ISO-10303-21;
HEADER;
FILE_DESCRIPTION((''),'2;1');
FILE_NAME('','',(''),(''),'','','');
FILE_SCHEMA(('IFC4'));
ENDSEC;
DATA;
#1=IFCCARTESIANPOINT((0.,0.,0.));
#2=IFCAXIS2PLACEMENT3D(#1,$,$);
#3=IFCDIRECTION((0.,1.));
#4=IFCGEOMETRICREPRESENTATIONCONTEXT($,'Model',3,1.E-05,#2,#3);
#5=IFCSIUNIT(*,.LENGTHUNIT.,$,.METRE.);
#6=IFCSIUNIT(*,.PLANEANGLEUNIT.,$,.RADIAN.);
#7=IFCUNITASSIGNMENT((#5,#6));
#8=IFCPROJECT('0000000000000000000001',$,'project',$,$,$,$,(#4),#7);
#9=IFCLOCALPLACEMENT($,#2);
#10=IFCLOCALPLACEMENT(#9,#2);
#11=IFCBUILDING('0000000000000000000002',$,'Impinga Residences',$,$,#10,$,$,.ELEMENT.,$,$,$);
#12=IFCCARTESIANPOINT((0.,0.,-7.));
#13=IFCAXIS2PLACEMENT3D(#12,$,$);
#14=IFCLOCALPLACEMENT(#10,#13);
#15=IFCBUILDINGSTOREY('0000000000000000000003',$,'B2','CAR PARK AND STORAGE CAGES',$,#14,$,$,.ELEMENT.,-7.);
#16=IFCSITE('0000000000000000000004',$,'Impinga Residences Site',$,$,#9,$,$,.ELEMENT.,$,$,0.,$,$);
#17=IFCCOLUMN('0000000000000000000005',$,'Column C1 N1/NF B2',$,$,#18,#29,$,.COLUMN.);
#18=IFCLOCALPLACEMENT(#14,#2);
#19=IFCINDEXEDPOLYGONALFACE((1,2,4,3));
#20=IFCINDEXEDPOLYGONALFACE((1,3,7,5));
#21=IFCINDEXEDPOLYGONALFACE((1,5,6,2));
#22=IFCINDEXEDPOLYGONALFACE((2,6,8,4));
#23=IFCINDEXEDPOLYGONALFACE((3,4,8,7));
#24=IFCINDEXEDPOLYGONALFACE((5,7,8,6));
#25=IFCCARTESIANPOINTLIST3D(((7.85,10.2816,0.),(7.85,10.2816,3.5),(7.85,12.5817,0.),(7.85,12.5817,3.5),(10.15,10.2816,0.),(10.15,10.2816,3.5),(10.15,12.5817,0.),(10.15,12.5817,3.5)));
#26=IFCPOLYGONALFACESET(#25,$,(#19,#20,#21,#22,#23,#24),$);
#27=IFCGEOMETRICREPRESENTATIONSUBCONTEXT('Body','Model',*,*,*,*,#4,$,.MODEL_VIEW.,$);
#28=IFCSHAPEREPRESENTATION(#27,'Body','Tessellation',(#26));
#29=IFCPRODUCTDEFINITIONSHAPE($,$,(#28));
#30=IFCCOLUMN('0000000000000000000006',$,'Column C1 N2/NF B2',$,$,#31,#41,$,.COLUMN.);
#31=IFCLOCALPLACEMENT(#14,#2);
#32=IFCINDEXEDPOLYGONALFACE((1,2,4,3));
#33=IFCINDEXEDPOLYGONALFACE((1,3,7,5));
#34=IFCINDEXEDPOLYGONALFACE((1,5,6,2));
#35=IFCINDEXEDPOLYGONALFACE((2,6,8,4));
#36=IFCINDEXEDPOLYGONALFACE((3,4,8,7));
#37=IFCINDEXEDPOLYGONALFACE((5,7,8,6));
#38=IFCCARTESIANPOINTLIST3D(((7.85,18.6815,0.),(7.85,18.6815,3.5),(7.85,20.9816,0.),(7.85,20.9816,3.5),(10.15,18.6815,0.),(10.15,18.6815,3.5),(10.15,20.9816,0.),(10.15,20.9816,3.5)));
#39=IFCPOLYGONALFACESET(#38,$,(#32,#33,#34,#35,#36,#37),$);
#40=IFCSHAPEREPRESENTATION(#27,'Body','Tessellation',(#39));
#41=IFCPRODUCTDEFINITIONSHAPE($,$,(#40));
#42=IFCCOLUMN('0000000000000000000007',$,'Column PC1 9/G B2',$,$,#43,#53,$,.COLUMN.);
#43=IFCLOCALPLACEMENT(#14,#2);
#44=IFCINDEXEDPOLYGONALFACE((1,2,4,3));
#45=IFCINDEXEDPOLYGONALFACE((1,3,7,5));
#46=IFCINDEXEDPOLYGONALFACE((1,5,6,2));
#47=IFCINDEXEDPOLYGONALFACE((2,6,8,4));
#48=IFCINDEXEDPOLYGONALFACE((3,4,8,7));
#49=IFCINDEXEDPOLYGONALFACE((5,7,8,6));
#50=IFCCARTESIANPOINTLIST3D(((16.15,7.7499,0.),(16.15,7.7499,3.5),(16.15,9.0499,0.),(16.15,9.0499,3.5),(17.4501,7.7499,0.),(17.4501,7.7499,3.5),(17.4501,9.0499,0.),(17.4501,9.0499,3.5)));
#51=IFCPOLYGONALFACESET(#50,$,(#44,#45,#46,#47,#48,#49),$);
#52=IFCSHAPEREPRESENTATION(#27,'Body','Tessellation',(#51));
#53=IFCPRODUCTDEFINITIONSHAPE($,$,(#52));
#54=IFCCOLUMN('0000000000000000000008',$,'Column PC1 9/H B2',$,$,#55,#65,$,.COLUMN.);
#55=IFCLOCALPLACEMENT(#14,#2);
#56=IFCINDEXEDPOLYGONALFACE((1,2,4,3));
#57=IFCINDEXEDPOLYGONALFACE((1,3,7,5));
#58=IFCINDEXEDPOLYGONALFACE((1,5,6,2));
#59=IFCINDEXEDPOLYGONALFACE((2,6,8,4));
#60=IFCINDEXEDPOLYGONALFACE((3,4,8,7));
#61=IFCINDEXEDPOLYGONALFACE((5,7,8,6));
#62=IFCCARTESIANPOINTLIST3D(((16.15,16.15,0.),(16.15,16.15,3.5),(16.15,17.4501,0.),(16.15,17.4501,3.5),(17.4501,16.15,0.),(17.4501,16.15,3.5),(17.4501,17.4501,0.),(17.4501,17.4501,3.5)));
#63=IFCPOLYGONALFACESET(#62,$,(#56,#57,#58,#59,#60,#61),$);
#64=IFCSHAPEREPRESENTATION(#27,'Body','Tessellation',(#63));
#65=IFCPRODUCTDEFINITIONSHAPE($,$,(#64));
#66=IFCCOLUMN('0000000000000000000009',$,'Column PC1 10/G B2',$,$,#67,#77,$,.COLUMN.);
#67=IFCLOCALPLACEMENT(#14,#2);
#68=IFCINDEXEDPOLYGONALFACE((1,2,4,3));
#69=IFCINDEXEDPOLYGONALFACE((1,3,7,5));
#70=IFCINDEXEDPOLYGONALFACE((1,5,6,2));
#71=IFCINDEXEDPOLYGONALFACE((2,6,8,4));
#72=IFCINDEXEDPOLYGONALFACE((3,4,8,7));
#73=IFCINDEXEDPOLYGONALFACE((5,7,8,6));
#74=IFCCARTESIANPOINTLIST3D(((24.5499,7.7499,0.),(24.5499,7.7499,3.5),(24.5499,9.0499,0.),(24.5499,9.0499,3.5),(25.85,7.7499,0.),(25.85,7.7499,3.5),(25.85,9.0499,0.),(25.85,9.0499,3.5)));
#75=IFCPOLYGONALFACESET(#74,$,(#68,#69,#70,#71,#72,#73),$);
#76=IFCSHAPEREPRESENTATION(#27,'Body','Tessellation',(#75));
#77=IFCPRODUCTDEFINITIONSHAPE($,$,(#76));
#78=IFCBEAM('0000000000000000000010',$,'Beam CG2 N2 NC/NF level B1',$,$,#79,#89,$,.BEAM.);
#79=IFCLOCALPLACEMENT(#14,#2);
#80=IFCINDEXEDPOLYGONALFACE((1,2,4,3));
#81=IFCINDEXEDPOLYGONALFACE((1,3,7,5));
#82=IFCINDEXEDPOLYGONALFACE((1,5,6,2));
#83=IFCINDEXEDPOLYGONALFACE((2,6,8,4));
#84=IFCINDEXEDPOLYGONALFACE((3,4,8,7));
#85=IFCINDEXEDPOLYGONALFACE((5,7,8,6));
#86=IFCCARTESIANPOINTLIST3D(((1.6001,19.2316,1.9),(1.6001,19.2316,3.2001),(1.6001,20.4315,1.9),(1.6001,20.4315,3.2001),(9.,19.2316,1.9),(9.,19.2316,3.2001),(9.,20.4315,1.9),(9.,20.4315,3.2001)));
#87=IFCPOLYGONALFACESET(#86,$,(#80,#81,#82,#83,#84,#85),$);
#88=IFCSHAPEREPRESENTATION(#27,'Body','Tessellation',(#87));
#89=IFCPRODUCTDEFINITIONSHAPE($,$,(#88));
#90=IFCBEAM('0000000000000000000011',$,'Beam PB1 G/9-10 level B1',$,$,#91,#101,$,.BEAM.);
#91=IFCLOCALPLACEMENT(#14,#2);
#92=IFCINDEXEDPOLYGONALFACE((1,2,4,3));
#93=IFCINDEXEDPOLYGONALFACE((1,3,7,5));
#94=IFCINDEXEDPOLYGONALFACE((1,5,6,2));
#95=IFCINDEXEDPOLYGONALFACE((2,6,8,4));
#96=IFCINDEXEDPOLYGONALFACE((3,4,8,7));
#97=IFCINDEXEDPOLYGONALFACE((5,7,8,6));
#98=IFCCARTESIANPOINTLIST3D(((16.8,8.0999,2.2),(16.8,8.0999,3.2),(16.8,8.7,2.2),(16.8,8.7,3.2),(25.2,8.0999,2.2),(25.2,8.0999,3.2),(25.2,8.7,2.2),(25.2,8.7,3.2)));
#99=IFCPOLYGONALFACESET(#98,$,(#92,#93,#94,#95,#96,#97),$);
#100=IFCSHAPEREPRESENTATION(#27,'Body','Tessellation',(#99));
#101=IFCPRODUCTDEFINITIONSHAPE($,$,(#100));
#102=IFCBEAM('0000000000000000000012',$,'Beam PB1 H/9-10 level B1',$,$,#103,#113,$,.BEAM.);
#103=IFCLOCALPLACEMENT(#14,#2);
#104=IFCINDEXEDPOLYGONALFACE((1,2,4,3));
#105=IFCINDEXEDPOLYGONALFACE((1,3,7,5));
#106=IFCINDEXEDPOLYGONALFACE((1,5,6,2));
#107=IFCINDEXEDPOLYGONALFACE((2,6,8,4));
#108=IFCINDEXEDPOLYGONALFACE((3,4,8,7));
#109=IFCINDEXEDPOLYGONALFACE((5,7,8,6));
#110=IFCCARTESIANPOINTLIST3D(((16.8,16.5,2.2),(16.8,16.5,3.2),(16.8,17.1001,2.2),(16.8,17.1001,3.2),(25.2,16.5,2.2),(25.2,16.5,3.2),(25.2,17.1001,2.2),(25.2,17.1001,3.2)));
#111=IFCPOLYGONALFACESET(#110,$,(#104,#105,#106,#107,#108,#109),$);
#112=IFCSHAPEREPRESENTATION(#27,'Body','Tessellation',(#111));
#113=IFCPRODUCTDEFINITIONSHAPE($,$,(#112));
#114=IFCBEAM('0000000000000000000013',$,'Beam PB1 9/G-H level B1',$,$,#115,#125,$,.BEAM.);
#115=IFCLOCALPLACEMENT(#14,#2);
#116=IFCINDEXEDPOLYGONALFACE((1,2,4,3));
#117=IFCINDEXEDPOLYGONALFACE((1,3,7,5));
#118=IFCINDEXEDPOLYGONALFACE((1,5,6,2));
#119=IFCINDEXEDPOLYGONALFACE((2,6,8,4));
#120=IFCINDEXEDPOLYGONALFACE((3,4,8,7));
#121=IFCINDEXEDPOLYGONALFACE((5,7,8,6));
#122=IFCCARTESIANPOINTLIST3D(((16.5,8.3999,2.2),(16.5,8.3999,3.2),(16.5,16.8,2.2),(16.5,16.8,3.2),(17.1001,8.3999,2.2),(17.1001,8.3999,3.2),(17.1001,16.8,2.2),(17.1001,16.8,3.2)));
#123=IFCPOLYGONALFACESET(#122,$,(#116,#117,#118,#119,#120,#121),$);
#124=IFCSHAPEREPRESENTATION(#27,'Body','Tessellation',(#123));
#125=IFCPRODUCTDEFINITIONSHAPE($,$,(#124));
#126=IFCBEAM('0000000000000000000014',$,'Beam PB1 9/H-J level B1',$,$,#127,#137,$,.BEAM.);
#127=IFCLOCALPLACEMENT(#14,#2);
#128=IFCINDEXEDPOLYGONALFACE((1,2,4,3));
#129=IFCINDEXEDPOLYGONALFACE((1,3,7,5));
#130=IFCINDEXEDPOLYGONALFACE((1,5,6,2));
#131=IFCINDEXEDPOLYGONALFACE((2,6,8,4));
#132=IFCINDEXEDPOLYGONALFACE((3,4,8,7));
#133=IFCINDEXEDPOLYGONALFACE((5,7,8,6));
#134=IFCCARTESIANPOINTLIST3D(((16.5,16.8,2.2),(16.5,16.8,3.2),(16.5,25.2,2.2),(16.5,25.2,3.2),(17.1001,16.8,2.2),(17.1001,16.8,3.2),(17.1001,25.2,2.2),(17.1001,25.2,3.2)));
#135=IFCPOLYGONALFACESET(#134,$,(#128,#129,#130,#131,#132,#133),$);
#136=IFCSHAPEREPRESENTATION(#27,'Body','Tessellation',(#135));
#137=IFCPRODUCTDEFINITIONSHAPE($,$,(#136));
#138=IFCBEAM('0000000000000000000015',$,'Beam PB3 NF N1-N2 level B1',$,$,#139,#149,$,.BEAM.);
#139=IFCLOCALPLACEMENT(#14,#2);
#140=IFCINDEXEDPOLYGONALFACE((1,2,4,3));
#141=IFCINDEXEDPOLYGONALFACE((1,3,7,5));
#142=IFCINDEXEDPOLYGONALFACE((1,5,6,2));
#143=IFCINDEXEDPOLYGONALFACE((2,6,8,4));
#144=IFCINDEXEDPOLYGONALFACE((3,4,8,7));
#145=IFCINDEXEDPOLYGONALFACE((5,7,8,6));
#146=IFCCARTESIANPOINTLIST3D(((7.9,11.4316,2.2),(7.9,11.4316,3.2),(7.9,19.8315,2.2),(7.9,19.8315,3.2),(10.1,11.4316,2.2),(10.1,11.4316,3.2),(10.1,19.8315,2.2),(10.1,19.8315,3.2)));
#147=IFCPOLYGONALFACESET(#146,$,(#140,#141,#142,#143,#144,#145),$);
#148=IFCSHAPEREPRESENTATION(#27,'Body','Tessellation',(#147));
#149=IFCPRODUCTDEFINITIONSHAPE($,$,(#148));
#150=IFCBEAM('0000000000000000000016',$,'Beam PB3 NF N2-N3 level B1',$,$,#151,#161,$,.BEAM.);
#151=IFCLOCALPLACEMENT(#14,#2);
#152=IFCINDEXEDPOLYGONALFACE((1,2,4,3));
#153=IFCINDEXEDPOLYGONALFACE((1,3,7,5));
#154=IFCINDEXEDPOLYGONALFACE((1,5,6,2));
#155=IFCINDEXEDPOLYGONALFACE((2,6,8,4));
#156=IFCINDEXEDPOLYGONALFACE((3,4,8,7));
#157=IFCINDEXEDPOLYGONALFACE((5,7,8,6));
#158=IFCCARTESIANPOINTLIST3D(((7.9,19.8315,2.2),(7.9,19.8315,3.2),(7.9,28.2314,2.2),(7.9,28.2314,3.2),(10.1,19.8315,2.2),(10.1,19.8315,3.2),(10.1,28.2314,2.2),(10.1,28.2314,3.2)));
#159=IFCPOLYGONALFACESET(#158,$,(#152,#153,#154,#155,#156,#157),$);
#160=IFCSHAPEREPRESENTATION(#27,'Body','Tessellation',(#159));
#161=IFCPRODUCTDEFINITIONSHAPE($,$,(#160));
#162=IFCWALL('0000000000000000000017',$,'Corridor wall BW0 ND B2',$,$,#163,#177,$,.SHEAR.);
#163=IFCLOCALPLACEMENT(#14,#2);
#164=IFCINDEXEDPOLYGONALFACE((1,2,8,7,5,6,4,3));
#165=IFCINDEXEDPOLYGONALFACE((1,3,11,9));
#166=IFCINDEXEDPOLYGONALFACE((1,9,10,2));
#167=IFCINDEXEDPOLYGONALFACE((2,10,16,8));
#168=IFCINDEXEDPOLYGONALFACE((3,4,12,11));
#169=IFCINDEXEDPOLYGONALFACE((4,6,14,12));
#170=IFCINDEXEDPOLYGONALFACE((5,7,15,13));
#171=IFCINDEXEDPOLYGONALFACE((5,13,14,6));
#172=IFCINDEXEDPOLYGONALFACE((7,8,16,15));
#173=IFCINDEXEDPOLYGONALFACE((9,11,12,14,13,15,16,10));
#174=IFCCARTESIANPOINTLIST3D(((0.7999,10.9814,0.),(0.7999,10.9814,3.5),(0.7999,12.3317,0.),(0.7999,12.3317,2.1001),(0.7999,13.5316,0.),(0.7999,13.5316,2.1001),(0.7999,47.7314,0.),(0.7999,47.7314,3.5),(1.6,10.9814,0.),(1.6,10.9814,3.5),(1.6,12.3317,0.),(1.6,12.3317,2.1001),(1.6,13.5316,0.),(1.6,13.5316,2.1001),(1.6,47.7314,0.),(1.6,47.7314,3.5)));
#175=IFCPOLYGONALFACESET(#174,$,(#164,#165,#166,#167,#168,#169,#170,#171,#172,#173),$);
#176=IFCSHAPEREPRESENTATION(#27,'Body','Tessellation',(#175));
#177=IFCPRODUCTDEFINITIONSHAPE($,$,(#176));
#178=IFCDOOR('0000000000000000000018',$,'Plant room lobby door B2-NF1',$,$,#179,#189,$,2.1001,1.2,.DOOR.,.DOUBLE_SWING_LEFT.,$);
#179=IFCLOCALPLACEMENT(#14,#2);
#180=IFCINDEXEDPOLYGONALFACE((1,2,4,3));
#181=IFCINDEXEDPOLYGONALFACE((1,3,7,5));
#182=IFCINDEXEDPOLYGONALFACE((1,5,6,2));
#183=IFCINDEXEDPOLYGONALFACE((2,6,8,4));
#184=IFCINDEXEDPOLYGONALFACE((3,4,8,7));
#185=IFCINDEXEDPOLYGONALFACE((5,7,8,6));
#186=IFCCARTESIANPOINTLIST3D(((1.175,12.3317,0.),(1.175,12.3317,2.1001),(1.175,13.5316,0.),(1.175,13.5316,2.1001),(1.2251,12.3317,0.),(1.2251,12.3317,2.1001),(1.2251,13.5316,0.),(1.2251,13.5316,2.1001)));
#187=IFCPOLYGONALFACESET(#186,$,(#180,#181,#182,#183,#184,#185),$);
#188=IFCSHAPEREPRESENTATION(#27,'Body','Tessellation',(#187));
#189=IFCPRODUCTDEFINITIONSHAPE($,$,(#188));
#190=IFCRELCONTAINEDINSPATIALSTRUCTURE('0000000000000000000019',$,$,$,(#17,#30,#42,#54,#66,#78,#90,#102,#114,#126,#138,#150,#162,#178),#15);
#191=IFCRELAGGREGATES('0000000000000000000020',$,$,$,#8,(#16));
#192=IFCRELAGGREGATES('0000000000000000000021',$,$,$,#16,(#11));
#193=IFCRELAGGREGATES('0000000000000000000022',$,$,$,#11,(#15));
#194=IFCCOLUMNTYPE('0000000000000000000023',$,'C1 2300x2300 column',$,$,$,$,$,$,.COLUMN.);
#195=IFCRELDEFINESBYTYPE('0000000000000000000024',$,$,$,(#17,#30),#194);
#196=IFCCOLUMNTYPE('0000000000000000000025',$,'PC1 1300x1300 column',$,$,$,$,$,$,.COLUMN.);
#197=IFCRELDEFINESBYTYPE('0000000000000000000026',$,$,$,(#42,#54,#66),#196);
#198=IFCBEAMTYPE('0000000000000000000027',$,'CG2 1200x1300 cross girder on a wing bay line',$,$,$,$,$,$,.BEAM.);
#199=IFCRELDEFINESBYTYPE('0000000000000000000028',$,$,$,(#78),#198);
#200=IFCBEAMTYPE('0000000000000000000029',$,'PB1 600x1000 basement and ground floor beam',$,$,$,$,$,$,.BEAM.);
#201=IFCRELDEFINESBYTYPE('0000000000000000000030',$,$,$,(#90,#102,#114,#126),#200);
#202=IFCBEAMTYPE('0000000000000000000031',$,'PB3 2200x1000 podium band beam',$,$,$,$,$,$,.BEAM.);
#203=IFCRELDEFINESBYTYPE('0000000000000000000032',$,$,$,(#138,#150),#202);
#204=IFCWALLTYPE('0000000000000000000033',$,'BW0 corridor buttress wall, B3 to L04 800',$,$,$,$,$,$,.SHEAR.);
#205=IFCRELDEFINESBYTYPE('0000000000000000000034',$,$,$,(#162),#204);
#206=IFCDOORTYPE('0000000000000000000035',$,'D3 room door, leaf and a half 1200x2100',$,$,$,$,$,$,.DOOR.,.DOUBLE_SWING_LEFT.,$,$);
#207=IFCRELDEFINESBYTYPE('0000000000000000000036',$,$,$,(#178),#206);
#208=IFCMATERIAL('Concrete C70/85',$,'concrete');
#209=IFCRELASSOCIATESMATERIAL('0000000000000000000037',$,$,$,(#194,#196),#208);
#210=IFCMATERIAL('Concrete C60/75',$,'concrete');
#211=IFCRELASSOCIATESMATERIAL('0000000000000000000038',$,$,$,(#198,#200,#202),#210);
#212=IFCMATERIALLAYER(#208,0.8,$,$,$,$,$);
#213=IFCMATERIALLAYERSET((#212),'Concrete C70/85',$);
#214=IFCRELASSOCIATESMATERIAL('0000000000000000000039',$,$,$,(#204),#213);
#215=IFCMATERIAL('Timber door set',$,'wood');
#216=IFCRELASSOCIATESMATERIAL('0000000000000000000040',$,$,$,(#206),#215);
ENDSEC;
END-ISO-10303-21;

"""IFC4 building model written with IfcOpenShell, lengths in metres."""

from ifc_helpers import new_model, si_unit, direction, frame, frame_2d, origin, origin_2d, place, context, subcontext, project, spatial, rectangle, extrude, material, layer, layer_set, material_profile, profile_set, type_object, element, fill, save


model = new_model("IFC4")

# Units and contexts
model_context = context("Model", 3, precision=1e-05, world=origin(), true_north=direction((0.0, 1.0)))
body_context = subcontext(model_context, "Body", "Model", "MODEL_VIEW")
ifc_project = project(units=[si_unit("LENGTHUNIT", "METRE"), si_unit("PLANEANGLEUNIT", "RADIAN")], contexts=[model_context])

# Site, building, storey
site_placement = place(None, origin())
site = spatial("IfcSite", under=ifc_project, at=site_placement, Name="Impinga Residences Site", CompositionType="ELEMENT", RefElevation=0.0)
building_placement = place(site_placement, origin())
building = spatial("IfcBuilding", under=site, at=building_placement, Name="Impinga Residences", CompositionType="ELEMENT")
storey_placement = place(building_placement, frame((0.0, 0.0, -7.0)))
storey = spatial("IfcBuildingStorey", under=building, at=storey_placement, Name="B2", Description="CAR PARK AND STORAGE CAGES", CompositionType="ELEMENT", Elevation=-7.0)

# Columns
ifc_material_1 = material(Name="Concrete C70/85", Category="concrete")
ifc_material_profile_1 = material_profile(ifc_material_1, rectangle(XDim=2.3, YDim=2.3, at=origin_2d()), Name="RC 2300x2300")
ifc_profile_set_1 = profile_set([ifc_material_profile_1], Name="Concrete C70/85")
column_type_1 = type_object("IfcColumnType", Name="C1 2300x2300 column", PredefinedType="COLUMN", material=ifc_profile_set_1)
for number, where, z_axis, x_axis, name in (
    (1, (9.0, 11.4316, 0.0), (0.0, 0.0, 1.0), (1.0, 0.0, 0.0), "Column C1 N1/NF B2"),
    (2, (9.0, 19.8315, 0.0), (0.0, 0.0, 1.0), (1.0, 0.0, 0.0), "Column C1 N2/NF B2"),
):
    element("IfcColumn", number, at=place(storey_placement, frame(where, z_axis=z_axis, x_axis=x_axis)), inside=storey, type_object=column_type_1, Name=name, PredefinedType="COLUMN", context=body_context, shape_type="SweptSolid", body=[
        extrude(rectangle(XDim=2.3, YDim=2.3, at=origin_2d()), origin(), (0.0, 0.0, 1.0), 3.5),
    ])
ifc_material_profile_2 = material_profile(ifc_material_1, rectangle(XDim=1.3, YDim=1.3, at=origin_2d()), Name="RC 1300x1300")
ifc_profile_set_2 = profile_set([ifc_material_profile_2], Name="Concrete C70/85")
column_type_2 = type_object("IfcColumnType", Name="PC1 1300x1300 column", PredefinedType="COLUMN", material=ifc_profile_set_2)
for number, where, z_axis, x_axis, name in (
    (3, (16.8, 8.3999, 0.0), (0.0, 0.0, 1.0), (1.0, 0.0, 0.0), "Column PC1 9/G B2"),
    (4, (16.8, 16.8, 0.0), (0.0, 0.0, 1.0), (1.0, 0.0, 0.0), "Column PC1 9/H B2"),
    (5, (25.2, 8.3999, 0.0), (0.0, 0.0, 1.0), (1.0, 0.0, 0.0), "Column PC1 10/G B2"),
):
    element("IfcColumn", number, at=place(storey_placement, frame(where, z_axis=z_axis, x_axis=x_axis)), inside=storey, type_object=column_type_2, Name=name, PredefinedType="COLUMN", context=body_context, shape_type="SweptSolid", body=[
        extrude(rectangle(XDim=1.3, YDim=1.3, at=origin_2d()), origin(), (0.0, 0.0, 1.0), 3.5),
    ])

# Beams
ifc_material_2 = material(Name="Concrete C60/75", Category="concrete")
ifc_material_profile_3 = material_profile(ifc_material_2, rectangle(XDim=1.2, YDim=1.3, at=origin_2d()), Name="RC 1200x1300")
ifc_profile_set_3 = profile_set([ifc_material_profile_3], Name="Concrete C60/75")
beam_type_1 = type_object("IfcBeamType", Name="CG2 1200x1300 cross girder on a wing bay line", PredefinedType="BEAM", material=ifc_profile_set_3)
beam_1_placement = place(storey_placement, frame((1.6001, 19.8315, 2.55), z_axis=(1.0, 0.0, 0.0), x_axis=(0.0, 1.0, 0.0)))
element("IfcBeam", 6, at=beam_1_placement, inside=storey, type_object=beam_type_1, Name="Beam CG2 N2 NC/NF level B1", PredefinedType="BEAM", context=body_context, shape_type="SweptSolid", body=[
    extrude(rectangle(XDim=1.2, YDim=1.3, at=origin_2d()), origin(), (0.0, 0.0, 1.0), 7.3999),
])
ifc_material_profile_4 = material_profile(ifc_material_2, rectangle(XDim=0.6001, YDim=1.0, at=origin_2d()), Name="RC 600x1000")
ifc_profile_set_4 = profile_set([ifc_material_profile_4], Name="Concrete C60/75")
beam_type_2 = type_object("IfcBeamType", Name="PB1 600x1000 basement and ground floor beam", PredefinedType="BEAM", material=ifc_profile_set_4)
for number, where, z_axis, x_axis, name in (
    (7, (16.8, 8.3999, 2.7), (1.0, 0.0, 0.0), (0.0, 1.0, 0.0), "Beam PB1 G/9-10 level B1"),
    (8, (16.8, 16.8, 2.7), (1.0, 0.0, 0.0), (0.0, 1.0, 0.0), "Beam PB1 H/9-10 level B1"),
):
    element("IfcBeam", number, at=place(storey_placement, frame(where, z_axis=z_axis, x_axis=x_axis)), inside=storey, type_object=beam_type_2, Name=name, PredefinedType="BEAM", context=body_context, shape_type="SweptSolid", body=[
        extrude(rectangle(XDim=0.6001, YDim=1.0, at=origin_2d()), origin(), (0.0, 0.0, 1.0), 8.3999),
    ])
beam_2_placement = place(storey_placement, frame((16.8, 8.3999, 2.7), z_axis=(0.0, 1.0, 0.0), x_axis=(-1.0, 0.0, 0.0)))
element("IfcBeam", 9, at=beam_2_placement, inside=storey, type_object=beam_type_2, Name="Beam PB1 9/G-H level B1", PredefinedType="BEAM", context=body_context, shape_type="SweptSolid", body=[
    extrude(rectangle(XDim=0.6001, YDim=1.0, at=origin_2d()), origin(), (0.0, 0.0, 1.0), 8.4001),
])
beam_3_placement = place(storey_placement, frame((16.8, 16.8, 2.7), z_axis=(0.0, 1.0, 0.0), x_axis=(-1.0, 0.0, 0.0)))
element("IfcBeam", 10, at=beam_3_placement, inside=storey, type_object=beam_type_2, Name="Beam PB1 9/H-J level B1", PredefinedType="BEAM", context=body_context, shape_type="SweptSolid", body=[
    extrude(rectangle(XDim=0.6001, YDim=1.0, at=origin_2d()), origin(), (0.0, 0.0, 1.0), 8.3999),
])
ifc_material_profile_5 = material_profile(ifc_material_2, rectangle(XDim=2.2, YDim=1.0, at=origin_2d()), Name="RC 2200x1000")
ifc_profile_set_5 = profile_set([ifc_material_profile_5], Name="Concrete C60/75")
beam_type_3 = type_object("IfcBeamType", Name="PB3 2200x1000 podium band beam", PredefinedType="BEAM", material=ifc_profile_set_5)
for number, where, z_axis, x_axis, name in (
    (11, (9.0, 11.4316, 2.7), (0.0, 1.0, 0.0), (-1.0, 0.0, 0.0), "Beam PB3 NF N1-N2 level B1"),
    (12, (9.0, 19.8315, 2.7), (0.0, 1.0, 0.0), (-1.0, 0.0, 0.0), "Beam PB3 NF N2-N3 level B1"),
):
    element("IfcBeam", number, at=place(storey_placement, frame(where, z_axis=z_axis, x_axis=x_axis)), inside=storey, type_object=beam_type_3, Name=name, PredefinedType="BEAM", context=body_context, shape_type="SweptSolid", body=[
        extrude(rectangle(XDim=2.2, YDim=1.0, at=origin_2d()), origin(), (0.0, 0.0, 1.0), 8.3999),
    ])

# Wall, opening, door
ifc_layer_1 = layer(ifc_material_1, 0.8)
ifc_layer_set_1 = layer_set([ifc_layer_1], Name="Concrete C70/85")
wall_type_1 = type_object("IfcWallType", Name="BW0 corridor buttress wall, B3 to L04 800", PredefinedType="SHEAR", material=ifc_layer_set_1)
wall_1_placement = place(storey_placement, frame((1.2, 10.9814, 0.0), z_axis=(0.0, 0.0, 1.0), x_axis=(0.0, 1.0, 0.0)))
wall_1 = element("IfcWall", 13, at=wall_1_placement, inside=storey, type_object=wall_type_1, Name="Corridor wall BW0 ND B2", PredefinedType="SHEAR", context=body_context, shape_type="SweptSolid", body=[
    extrude(rectangle(XDim=36.75, YDim=0.8, at=frame_2d((18.375, 0.0))), origin(), (0.0, 0.0, 1.0), 3.5),
])
opening_1_placement = place(wall_1_placement, frame((1.3501, 0.0, 0.0)))
opening_1 = element("IfcOpeningElement", 14, at=opening_1_placement, cuts=wall_1, PredefinedType="OPENING", context=body_context, shape_type="SweptSolid", body=[
    extrude(rectangle(XDim=1.2, YDim=2.1001, at=frame_2d((0.6001, 1.05))), frame((0.0, 0.4099, 0.0), z_axis=(0.0, -1.0, 0.0), x_axis=(1.0, 0.0, 0.0)), (0.0, 0.0, 1.0), 0.8201),
])
ifc_material_3 = material(Name="Timber door set", Category="wood")
door_type_1 = type_object("IfcDoorType", Name="D3 room door, leaf and a half 1200x2100", OperationType="DOUBLE_SWING_LEFT", PredefinedType="DOOR", material=ifc_material_3)
door_1_placement = place(opening_1_placement, origin())
door_1 = element("IfcDoor", 15, at=door_1_placement, inside=storey, type_object=door_type_1, Name="Plant room lobby door B2-NF1", OperationType="DOUBLE_SWING_LEFT", OverallHeight=2.1001, OverallWidth=1.2, PredefinedType="DOOR", context=body_context, shape_type="SweptSolid", body=[
    extrude(rectangle(XDim=1.2, YDim=2.1001, at=frame_2d((0.6001, 1.05))), frame((0.0, 0.0249, 0.0), z_axis=(0.0, -1.0, 0.0), x_axis=(1.0, 0.0, 0.0)), (0.0, 0.0, 1.0), 0.05),
])
fill(opening_1, door_1)

save(model, "model.ifc")
